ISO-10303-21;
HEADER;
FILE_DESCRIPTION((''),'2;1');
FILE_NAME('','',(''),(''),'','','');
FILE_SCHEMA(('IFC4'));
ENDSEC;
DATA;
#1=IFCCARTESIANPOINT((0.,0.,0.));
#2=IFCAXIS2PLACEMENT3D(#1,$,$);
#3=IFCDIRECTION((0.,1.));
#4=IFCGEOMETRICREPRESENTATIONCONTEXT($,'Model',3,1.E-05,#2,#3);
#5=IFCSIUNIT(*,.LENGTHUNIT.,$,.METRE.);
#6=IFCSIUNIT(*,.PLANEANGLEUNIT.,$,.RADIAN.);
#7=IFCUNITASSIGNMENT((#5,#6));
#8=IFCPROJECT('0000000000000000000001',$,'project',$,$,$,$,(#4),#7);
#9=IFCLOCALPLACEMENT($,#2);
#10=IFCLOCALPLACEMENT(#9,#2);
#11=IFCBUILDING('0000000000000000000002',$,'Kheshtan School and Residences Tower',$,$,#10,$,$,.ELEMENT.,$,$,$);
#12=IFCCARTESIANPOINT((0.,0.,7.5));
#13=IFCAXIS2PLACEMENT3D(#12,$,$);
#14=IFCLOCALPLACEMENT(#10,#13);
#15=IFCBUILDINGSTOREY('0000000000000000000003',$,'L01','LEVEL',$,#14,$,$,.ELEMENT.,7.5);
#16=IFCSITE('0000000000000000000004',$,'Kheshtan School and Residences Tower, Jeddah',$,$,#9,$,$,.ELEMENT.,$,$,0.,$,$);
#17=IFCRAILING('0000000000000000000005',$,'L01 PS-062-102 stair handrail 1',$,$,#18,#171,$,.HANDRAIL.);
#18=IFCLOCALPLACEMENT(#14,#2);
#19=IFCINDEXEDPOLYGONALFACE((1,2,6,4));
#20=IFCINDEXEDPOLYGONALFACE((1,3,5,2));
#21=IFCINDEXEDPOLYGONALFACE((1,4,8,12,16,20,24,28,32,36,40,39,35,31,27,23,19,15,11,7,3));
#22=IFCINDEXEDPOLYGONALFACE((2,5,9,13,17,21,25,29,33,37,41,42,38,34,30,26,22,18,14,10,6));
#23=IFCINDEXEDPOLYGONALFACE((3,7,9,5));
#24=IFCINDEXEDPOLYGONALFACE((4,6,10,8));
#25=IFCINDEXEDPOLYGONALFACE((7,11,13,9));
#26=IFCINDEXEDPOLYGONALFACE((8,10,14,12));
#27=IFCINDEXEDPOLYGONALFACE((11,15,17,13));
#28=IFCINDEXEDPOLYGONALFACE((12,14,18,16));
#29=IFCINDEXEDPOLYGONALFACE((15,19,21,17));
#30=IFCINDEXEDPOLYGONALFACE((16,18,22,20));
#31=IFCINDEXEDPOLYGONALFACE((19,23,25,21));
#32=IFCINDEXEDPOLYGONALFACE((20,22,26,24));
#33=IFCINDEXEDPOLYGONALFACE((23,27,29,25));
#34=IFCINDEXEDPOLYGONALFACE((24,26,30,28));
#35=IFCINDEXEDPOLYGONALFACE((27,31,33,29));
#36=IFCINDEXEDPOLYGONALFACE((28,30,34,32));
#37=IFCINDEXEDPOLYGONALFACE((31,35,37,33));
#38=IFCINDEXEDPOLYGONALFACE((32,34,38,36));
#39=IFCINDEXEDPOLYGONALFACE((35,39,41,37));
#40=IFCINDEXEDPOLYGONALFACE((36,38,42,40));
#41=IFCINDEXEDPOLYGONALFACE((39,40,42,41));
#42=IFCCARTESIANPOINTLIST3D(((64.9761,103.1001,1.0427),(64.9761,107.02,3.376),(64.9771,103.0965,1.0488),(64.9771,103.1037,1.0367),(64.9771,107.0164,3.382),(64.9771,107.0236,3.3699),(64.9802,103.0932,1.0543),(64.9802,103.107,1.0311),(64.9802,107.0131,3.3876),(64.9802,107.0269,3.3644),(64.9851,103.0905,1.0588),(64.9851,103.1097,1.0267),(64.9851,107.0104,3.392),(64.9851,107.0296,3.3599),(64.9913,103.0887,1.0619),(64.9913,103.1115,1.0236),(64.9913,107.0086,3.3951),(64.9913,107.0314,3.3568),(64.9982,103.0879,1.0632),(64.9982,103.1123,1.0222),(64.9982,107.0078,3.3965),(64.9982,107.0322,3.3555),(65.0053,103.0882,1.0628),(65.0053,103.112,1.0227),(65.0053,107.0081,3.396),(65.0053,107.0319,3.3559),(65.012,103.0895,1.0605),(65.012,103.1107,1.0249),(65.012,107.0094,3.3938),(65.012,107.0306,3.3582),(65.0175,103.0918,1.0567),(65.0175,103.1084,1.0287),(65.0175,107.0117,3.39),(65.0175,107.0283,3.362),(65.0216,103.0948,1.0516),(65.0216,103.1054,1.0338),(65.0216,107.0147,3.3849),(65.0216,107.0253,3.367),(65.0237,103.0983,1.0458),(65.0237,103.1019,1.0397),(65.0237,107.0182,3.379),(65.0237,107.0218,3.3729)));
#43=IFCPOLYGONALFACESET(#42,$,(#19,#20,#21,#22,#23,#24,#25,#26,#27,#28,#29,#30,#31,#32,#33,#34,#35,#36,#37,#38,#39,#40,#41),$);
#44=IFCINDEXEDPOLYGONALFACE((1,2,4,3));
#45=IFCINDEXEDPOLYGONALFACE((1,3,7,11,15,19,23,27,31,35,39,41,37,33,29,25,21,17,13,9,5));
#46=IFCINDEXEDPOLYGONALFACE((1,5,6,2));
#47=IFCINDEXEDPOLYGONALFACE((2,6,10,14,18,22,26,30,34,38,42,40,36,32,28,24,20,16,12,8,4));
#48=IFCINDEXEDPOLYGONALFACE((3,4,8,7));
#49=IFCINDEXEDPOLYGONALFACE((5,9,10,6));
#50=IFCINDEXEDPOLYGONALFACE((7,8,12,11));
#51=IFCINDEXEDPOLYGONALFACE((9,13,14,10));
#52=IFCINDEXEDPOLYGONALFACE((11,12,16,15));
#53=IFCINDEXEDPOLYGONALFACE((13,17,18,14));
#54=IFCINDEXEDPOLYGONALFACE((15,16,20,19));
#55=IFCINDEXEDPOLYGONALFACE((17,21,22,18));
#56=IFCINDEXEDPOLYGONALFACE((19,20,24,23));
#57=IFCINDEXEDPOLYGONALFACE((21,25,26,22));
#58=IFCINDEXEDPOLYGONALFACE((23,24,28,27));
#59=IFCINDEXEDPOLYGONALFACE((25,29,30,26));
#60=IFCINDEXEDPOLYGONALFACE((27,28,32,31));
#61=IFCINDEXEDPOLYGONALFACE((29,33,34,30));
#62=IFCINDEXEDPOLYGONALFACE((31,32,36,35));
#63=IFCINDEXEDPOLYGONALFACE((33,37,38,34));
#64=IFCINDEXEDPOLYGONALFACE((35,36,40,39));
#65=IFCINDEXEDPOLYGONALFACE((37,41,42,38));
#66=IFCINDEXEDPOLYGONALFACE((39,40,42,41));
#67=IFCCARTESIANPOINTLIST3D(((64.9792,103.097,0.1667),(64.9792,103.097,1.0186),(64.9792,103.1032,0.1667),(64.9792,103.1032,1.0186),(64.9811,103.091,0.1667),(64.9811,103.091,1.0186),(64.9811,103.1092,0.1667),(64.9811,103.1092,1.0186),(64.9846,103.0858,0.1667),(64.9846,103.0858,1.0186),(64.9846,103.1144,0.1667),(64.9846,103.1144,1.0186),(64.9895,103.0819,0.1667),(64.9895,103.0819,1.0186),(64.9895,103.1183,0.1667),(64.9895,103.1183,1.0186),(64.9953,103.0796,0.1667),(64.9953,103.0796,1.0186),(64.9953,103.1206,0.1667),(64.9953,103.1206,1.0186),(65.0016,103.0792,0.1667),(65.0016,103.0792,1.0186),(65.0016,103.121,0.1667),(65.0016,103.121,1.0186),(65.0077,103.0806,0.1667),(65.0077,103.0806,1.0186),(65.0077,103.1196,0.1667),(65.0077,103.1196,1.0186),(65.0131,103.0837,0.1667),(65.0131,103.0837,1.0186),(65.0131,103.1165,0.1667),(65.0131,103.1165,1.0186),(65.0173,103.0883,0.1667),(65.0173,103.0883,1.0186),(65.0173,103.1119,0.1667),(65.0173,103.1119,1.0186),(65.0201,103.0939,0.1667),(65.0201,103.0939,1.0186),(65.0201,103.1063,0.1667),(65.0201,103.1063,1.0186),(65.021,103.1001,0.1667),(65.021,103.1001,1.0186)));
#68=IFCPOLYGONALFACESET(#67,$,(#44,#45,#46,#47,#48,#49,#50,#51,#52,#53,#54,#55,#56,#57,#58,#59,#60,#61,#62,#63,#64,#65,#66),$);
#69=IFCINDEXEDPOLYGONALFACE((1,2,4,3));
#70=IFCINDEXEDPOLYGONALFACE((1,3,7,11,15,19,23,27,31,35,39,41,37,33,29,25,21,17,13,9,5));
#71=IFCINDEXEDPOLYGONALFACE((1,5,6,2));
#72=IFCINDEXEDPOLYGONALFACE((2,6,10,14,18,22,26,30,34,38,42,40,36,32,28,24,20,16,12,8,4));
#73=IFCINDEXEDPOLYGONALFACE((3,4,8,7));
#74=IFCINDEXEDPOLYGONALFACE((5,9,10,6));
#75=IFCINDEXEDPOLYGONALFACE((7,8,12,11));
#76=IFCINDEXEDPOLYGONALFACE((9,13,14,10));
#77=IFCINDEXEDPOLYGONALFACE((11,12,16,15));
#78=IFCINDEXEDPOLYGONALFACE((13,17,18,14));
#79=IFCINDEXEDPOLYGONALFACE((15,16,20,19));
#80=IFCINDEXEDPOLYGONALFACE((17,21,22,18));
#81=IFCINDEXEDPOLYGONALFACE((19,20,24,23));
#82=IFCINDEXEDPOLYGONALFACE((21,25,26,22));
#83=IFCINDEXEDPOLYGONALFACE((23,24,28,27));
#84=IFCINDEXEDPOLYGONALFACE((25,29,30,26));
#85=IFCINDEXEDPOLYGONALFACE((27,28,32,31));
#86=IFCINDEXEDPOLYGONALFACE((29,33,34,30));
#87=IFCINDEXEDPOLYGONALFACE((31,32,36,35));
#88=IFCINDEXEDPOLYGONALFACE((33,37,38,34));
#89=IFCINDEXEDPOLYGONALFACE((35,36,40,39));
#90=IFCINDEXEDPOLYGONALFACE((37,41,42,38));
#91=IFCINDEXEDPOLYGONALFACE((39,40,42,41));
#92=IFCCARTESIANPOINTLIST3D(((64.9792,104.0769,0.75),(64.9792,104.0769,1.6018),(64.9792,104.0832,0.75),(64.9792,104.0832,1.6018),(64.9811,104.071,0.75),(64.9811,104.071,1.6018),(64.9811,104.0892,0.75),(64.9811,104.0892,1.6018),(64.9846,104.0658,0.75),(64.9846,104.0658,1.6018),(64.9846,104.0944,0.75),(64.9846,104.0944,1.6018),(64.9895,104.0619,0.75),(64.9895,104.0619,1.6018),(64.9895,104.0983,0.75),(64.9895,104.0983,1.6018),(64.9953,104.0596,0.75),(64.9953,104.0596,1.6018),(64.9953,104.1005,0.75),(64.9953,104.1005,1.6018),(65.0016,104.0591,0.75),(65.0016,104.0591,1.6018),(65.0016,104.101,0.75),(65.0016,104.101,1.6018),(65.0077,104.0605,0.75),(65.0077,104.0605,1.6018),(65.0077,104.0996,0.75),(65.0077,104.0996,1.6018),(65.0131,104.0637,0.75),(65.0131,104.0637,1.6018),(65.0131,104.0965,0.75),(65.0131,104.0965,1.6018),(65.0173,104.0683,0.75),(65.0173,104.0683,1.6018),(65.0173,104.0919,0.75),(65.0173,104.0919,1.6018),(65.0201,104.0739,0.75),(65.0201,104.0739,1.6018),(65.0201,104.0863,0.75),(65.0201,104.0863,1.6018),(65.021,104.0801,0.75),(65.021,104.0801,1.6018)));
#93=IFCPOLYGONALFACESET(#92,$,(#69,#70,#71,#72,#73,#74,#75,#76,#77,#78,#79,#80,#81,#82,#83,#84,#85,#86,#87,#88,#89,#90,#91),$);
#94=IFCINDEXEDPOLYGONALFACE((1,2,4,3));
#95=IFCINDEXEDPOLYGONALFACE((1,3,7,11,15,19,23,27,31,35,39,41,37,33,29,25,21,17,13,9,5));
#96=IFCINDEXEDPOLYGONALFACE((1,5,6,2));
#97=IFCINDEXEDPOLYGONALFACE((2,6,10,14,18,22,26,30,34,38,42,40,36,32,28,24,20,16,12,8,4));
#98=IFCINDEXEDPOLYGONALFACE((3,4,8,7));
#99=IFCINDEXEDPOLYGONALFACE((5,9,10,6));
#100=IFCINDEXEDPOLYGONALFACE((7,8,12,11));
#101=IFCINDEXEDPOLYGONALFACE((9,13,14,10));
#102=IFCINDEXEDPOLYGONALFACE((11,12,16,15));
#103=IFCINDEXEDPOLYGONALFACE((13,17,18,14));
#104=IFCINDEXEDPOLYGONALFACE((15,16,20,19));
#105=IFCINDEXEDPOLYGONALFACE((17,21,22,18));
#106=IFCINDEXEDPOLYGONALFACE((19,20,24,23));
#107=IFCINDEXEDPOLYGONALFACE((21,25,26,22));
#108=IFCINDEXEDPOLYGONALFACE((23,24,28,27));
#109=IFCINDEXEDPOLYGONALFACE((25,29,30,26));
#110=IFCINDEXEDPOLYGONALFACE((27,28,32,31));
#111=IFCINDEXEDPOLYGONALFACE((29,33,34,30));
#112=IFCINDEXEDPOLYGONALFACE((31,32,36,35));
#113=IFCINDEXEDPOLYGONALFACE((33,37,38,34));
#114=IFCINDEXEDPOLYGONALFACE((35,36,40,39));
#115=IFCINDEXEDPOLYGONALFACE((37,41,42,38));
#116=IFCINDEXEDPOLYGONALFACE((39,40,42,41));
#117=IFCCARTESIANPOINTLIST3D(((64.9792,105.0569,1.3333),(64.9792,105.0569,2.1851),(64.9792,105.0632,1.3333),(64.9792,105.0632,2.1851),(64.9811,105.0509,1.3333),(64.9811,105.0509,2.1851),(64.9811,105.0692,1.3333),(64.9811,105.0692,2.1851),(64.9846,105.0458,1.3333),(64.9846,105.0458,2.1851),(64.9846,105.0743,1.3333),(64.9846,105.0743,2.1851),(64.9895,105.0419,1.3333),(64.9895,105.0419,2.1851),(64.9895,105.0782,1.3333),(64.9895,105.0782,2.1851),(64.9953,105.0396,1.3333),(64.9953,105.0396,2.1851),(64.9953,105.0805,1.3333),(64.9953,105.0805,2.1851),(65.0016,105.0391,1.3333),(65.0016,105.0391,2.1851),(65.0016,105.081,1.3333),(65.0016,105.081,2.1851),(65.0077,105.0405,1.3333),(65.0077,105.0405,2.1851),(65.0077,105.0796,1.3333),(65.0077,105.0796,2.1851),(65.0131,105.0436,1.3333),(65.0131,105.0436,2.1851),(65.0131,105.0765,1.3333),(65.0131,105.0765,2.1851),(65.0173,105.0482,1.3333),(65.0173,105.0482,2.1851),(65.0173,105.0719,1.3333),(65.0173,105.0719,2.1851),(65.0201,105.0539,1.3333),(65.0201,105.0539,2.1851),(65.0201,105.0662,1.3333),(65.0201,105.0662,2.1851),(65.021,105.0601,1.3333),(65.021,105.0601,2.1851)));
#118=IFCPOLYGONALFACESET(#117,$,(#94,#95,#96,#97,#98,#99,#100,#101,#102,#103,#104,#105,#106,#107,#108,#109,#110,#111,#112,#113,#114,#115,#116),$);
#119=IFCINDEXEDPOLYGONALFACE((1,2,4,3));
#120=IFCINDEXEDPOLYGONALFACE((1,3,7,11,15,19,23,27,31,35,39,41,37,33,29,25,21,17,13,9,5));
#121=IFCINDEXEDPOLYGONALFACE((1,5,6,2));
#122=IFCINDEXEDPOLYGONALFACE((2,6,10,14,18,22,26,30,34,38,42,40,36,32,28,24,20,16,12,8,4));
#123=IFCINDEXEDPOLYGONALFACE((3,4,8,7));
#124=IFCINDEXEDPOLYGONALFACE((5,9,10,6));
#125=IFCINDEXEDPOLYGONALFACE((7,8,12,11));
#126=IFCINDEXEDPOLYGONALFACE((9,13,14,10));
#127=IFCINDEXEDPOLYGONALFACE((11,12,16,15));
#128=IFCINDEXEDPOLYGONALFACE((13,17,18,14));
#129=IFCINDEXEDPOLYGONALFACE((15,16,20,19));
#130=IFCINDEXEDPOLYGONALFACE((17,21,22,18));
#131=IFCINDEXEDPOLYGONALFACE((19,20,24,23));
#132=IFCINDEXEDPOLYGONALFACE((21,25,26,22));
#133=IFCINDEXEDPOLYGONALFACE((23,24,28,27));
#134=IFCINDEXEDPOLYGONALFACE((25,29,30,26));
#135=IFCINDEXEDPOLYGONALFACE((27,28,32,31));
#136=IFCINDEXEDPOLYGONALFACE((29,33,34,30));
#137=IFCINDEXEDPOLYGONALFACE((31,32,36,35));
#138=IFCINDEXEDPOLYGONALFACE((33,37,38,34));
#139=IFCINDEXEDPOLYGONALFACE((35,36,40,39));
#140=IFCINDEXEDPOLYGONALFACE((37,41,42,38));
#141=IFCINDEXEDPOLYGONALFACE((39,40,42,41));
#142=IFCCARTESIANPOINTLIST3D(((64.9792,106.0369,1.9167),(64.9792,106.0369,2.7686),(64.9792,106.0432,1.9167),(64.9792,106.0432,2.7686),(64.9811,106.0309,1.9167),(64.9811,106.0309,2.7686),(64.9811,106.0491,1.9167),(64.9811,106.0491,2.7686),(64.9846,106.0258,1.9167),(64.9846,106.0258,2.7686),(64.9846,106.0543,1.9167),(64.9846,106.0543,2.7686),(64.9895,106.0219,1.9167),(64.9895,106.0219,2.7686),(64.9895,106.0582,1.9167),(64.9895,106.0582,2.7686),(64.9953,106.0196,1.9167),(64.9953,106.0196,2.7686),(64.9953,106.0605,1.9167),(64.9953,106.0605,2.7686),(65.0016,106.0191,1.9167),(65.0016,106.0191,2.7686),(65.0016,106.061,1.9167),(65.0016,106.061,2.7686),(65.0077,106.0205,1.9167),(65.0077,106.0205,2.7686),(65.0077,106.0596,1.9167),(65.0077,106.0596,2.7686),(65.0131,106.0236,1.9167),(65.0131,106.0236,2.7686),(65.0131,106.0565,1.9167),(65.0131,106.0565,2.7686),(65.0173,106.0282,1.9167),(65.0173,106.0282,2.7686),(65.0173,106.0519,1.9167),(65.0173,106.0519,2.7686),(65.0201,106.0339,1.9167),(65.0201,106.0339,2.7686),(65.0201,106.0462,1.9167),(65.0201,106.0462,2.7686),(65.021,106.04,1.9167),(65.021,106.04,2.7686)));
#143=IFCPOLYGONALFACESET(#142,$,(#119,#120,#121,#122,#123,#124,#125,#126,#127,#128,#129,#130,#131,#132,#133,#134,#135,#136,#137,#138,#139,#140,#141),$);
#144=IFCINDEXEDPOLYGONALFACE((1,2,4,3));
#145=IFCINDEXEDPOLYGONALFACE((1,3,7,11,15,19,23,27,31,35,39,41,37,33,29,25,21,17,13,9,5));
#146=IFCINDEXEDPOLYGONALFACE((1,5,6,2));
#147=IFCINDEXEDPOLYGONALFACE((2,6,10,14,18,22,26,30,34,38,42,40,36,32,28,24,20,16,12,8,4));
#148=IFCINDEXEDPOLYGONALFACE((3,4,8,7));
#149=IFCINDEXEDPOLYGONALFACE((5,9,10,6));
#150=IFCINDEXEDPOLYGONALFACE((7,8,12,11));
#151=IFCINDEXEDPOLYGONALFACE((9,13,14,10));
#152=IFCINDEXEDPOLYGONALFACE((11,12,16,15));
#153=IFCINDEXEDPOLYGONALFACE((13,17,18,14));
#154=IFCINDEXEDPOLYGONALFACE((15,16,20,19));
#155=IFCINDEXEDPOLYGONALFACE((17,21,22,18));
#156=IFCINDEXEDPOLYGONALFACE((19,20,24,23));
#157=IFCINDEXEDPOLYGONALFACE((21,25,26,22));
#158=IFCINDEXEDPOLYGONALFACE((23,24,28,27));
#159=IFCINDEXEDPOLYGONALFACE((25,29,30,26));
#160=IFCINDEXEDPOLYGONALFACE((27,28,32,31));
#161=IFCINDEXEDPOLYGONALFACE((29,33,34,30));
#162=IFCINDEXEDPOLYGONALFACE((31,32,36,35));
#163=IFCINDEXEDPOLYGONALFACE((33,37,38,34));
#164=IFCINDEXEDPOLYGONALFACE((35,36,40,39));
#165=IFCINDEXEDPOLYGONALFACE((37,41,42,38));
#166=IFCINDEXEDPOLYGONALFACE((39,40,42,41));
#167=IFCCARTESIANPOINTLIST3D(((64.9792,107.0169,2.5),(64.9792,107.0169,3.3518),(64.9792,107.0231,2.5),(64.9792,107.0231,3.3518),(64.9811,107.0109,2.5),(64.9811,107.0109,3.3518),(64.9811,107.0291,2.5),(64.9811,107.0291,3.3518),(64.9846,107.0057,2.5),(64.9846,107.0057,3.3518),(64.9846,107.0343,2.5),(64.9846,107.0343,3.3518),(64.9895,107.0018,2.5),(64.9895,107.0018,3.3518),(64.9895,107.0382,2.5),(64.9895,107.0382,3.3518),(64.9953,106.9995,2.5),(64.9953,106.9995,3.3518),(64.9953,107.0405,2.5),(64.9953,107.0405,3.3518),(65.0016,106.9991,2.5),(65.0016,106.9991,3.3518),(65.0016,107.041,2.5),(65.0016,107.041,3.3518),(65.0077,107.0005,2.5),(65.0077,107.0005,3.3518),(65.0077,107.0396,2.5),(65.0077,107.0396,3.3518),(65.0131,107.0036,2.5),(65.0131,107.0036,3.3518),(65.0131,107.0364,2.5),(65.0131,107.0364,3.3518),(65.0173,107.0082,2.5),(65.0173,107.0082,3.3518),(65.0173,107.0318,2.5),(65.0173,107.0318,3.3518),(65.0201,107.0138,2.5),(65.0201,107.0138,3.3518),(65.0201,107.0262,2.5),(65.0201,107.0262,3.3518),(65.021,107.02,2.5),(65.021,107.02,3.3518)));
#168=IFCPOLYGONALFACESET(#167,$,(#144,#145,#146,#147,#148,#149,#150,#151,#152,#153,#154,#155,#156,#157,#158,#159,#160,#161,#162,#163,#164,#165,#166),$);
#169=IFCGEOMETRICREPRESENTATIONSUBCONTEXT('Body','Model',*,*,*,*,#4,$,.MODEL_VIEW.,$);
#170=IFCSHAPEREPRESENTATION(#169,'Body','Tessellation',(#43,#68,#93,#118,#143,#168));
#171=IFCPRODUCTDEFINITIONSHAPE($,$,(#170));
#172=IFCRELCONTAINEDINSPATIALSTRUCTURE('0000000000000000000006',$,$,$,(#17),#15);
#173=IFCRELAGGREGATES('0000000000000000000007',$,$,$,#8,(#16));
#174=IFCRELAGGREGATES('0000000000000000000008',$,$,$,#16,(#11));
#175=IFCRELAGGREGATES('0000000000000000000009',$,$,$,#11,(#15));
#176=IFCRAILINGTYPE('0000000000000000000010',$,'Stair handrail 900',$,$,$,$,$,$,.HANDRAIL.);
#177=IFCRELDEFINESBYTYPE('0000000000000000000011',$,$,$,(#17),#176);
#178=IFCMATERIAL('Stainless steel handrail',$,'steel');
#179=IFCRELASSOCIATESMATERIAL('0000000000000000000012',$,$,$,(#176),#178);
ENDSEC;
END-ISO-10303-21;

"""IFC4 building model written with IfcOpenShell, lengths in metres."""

from ifc_helpers import new_model, si_unit, direction, frame, origin, origin_2d, place, context, subcontext, project, spatial, circle, extrude, material, type_object, element, save


model = new_model("IFC4")

# Units and contexts
model_context = context("Model", 3, precision=1e-05, world=origin(), true_north=direction((0.0, 1.0)))
body_context = subcontext(model_context, "Body", "Model", "MODEL_VIEW")
ifc_project = project(units=[si_unit("LENGTHUNIT", "METRE"), si_unit("PLANEANGLEUNIT", "RADIAN")], contexts=[model_context])

# Site, building, storey
site_placement = place(None, origin())
site = spatial("IfcSite", under=ifc_project, at=site_placement, Name="Kheshtan School and Residences Tower, Jeddah", CompositionType="ELEMENT", RefElevation=0.0)
building_placement = place(site_placement, origin())
building = spatial("IfcBuilding", under=site, at=building_placement, Name="Kheshtan School and Residences Tower", CompositionType="ELEMENT")
storey_placement = place(building_placement, frame((0.0, 0.0, 7.5)))
storey = spatial("IfcBuildingStorey", under=building, at=storey_placement, Name="L01", Description="LEVEL", CompositionType="ELEMENT", Elevation=7.5)

# Railing
ifc_material_1 = material(Name="Stainless steel handrail", Category="steel")
railing_type_1 = type_object("IfcRailingType", Name="Stair handrail 900", PredefinedType="HANDRAIL", material=ifc_material_1)
railing_1_placement = place(storey_placement, frame((65.0, 103.1001, 0.1667)))
element("IfcRailing", 1, at=railing_1_placement, inside=storey, type_object=railing_type_1, Name="L01 PS-062-102 stair handrail 1", PredefinedType="HANDRAIL", context=body_context, shape_type="SweptSolid", body=[
    extrude(circle(Radius=0.0239, at=origin_2d()), frame((0.0, 0.0, 0.876), z_axis=(0.0, 0.859296, 0.511478), x_axis=(-1.0, 0.0, 0.0)), (0.0, 0.0, 1.0), 4.5618),
    extrude(circle(Radius=0.021, at=origin_2d()), origin(), (0.0, 0.0, 1.0), 0.8518),
    extrude(circle(Radius=0.021, at=origin_2d()), frame((0.0, 0.98, 0.5833)), (0.0, 0.0, 1.0), 0.8518),
    extrude(circle(Radius=0.021, at=origin_2d()), frame((0.0, 1.96, 1.1665)), (0.0, 0.0, 1.0), 0.8518),
    extrude(circle(Radius=0.021, at=origin_2d()), frame((0.0, 2.9399, 1.75)), (0.0, 0.0, 1.0), 0.8518),
    extrude(circle(Radius=0.021, at=origin_2d()), frame((0.0, 3.9199, 2.3333)), (0.0, 0.0, 1.0), 0.8518),
])

save(model, "model.ifc")
